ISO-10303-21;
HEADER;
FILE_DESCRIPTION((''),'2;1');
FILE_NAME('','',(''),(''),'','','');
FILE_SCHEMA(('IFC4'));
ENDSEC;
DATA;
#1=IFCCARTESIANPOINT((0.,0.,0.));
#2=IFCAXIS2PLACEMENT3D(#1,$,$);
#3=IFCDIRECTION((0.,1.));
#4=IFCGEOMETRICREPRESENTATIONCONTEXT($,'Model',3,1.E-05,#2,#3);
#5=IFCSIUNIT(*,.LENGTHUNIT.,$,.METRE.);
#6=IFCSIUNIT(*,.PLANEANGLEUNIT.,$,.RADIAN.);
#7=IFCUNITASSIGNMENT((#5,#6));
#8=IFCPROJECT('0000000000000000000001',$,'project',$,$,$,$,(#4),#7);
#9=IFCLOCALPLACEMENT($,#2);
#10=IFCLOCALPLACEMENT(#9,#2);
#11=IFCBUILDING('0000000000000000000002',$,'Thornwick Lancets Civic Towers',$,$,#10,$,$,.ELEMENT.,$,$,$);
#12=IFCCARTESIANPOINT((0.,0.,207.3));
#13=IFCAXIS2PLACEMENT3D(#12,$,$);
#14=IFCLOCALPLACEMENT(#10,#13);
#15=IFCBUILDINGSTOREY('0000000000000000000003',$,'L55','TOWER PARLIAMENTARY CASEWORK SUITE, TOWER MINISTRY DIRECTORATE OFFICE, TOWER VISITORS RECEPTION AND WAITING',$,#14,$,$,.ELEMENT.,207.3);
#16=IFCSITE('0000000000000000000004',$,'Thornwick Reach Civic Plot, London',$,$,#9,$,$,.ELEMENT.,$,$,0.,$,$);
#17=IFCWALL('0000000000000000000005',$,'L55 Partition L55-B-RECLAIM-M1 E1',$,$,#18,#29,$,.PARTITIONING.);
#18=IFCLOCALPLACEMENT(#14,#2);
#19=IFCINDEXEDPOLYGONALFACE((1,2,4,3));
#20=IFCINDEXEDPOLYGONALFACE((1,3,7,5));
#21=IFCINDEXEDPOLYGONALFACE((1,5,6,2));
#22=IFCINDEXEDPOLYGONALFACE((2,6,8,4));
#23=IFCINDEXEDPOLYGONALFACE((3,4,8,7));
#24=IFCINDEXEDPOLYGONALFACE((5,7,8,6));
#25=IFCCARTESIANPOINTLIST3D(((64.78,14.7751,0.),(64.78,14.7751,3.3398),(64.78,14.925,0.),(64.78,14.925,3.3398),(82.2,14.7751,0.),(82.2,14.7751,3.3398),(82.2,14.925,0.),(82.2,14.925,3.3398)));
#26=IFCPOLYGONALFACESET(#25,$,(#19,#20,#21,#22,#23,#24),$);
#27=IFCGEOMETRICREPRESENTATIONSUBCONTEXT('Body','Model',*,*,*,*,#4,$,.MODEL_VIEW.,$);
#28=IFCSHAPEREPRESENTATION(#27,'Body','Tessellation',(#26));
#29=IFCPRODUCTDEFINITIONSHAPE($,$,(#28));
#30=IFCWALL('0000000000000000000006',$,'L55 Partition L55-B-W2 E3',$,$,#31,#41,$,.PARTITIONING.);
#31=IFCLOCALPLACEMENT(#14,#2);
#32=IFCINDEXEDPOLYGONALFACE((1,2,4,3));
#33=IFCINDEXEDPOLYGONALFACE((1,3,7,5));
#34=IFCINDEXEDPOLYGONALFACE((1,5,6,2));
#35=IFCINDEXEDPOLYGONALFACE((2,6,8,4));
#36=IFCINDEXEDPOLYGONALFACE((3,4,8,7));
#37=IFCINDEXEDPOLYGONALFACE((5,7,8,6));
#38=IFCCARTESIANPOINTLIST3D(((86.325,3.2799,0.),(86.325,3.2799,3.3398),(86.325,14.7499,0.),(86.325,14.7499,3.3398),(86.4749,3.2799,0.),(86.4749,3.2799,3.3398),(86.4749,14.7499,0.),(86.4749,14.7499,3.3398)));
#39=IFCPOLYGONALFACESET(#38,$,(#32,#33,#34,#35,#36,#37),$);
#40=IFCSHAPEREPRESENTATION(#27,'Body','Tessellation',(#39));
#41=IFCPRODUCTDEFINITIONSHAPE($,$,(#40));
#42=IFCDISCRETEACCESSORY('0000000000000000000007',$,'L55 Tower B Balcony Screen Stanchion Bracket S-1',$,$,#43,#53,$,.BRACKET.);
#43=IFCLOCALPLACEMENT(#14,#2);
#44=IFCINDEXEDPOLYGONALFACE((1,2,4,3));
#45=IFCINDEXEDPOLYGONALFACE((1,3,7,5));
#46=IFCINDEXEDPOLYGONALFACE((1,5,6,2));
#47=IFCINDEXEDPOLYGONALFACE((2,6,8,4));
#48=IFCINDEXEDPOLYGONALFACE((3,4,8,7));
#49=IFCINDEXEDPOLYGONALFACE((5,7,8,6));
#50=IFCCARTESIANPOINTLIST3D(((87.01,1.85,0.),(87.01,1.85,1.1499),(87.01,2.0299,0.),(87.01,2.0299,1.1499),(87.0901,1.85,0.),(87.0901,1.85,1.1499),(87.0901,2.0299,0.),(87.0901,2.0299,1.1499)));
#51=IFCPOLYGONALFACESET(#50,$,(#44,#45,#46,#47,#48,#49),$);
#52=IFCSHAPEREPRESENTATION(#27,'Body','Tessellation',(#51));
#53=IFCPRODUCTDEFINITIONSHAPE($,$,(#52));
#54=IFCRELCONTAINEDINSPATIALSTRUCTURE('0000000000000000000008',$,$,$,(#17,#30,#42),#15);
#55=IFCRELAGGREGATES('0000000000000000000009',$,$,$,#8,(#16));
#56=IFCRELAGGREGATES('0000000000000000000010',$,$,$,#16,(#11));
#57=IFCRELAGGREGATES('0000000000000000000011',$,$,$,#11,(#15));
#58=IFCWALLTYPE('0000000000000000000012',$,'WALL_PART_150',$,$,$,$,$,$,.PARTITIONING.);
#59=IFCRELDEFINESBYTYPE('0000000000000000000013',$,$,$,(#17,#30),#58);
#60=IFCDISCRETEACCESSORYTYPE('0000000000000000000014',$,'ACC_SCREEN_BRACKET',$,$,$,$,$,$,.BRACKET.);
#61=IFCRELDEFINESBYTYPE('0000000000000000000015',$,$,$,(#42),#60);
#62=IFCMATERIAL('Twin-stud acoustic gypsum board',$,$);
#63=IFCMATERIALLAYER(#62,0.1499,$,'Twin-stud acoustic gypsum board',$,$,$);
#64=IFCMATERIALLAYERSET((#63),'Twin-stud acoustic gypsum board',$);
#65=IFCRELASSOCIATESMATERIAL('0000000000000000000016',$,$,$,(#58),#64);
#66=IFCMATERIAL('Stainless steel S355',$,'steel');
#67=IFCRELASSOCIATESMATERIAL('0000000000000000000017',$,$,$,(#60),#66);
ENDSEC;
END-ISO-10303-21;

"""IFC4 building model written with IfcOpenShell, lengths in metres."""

from ifc_helpers import new_model, si_unit, direction, frame, frame_2d, origin, origin_2d, place, context, subcontext, project, spatial, rectangle, extrude, material, layer, layer_set, type_object, element, save


model = new_model("IFC4")

# Units and contexts
model_context = context("Model", 3, precision=1e-05, world=origin(), true_north=direction((0.0, 1.0)))
body_context = subcontext(model_context, "Body", "Model", "MODEL_VIEW")
ifc_project = project(units=[si_unit("LENGTHUNIT", "METRE"), si_unit("PLANEANGLEUNIT", "RADIAN")], contexts=[model_context])

# Site, building, storey
site_placement = place(None, origin())
site = spatial("IfcSite", under=ifc_project, at=site_placement, Name="Thornwick Reach Civic Plot, London", CompositionType="ELEMENT", RefElevation=0.0)
building_placement = place(site_placement, origin())
building = spatial("IfcBuilding", under=site, at=building_placement, Name="Thornwick Lancets Civic Towers", CompositionType="ELEMENT")
storey_placement = place(building_placement, frame((0.0, 0.0, 207.3)))
storey = spatial("IfcBuildingStorey", under=building, at=storey_placement, Name="L55", Description="TOWER PARLIAMENTARY CASEWORK SUITE, TOWER MINISTRY DIRECTORATE OFFICE, TOWER VISITORS RECEPTION AND WAITING", CompositionType="ELEMENT", Elevation=207.3)

# Wall
ifc_material_1 = material(Name="Twin-stud acoustic gypsum board")
ifc_layer_1 = layer(ifc_material_1, 0.1499, Name="Twin-stud acoustic gypsum board")
ifc_layer_set_1 = layer_set([ifc_layer_1], Name="Twin-stud acoustic gypsum board")
wall_type_1 = type_object("IfcWallType", Name="WALL_PART_150", PredefinedType="PARTITIONING", material=ifc_layer_set_1)
wall_1_placement = place(storey_placement, frame((82.2, 14.8501, 0.0), z_axis=(0.0, 0.0, 1.0), x_axis=(-1.0, 0.0, 0.0)))
element("IfcWall", 1, at=wall_1_placement, inside=storey, type_object=wall_type_1, Name="L55 Partition L55-B-RECLAIM-M1 E1", PredefinedType="PARTITIONING", context=body_context, shape_type="SweptSolid", body=[
    extrude(rectangle(XDim=17.4199, YDim=0.1499, at=frame_2d((8.71, 0.0))), origin(), (0.0, 0.0, 1.0), 3.3398),
])

# Wall
wall_2_placement = place(storey_placement, frame((86.3999, 3.28, 0.0), z_axis=(0.0, 0.0, 1.0), x_axis=(0.0, 1.0, 0.0)))
element("IfcWall", 2, at=wall_2_placement, inside=storey, type_object=wall_type_1, Name="L55 Partition L55-B-W2 E3", PredefinedType="PARTITIONING", context=body_context, shape_type="SweptSolid", body=[
    extrude(rectangle(XDim=11.47, YDim=0.1499, at=frame_2d((5.7349, 0.0))), origin(), (0.0, 0.0, 1.0), 3.3398),
])

# Discrete accessory
ifc_material_2 = material(Name="Stainless steel S355", Category="steel")
discrete_accessory_type = type_object("IfcDiscreteAccessoryType", Name="ACC_SCREEN_BRACKET", PredefinedType="BRACKET", material=ifc_material_2)
discrete_accessory_placement = place(storey_placement, frame((87.05, 1.9399, 0.0), z_axis=(0.0, 0.0, 1.0), x_axis=(1.0, 0.0, 0.0)))
element("IfcDiscreteAccessory", 3, at=discrete_accessory_placement, inside=storey, type_object=discrete_accessory_type, Name="L55 Tower B Balcony Screen Stanchion Bracket S-1", PredefinedType="BRACKET", context=body_context, shape_type="SweptSolid", body=[
    extrude(rectangle(XDim=0.0801, YDim=0.1799, at=origin_2d()), origin(), (0.0, 0.0, 1.0), 1.1499),
])

save(model, "model.ifc")
